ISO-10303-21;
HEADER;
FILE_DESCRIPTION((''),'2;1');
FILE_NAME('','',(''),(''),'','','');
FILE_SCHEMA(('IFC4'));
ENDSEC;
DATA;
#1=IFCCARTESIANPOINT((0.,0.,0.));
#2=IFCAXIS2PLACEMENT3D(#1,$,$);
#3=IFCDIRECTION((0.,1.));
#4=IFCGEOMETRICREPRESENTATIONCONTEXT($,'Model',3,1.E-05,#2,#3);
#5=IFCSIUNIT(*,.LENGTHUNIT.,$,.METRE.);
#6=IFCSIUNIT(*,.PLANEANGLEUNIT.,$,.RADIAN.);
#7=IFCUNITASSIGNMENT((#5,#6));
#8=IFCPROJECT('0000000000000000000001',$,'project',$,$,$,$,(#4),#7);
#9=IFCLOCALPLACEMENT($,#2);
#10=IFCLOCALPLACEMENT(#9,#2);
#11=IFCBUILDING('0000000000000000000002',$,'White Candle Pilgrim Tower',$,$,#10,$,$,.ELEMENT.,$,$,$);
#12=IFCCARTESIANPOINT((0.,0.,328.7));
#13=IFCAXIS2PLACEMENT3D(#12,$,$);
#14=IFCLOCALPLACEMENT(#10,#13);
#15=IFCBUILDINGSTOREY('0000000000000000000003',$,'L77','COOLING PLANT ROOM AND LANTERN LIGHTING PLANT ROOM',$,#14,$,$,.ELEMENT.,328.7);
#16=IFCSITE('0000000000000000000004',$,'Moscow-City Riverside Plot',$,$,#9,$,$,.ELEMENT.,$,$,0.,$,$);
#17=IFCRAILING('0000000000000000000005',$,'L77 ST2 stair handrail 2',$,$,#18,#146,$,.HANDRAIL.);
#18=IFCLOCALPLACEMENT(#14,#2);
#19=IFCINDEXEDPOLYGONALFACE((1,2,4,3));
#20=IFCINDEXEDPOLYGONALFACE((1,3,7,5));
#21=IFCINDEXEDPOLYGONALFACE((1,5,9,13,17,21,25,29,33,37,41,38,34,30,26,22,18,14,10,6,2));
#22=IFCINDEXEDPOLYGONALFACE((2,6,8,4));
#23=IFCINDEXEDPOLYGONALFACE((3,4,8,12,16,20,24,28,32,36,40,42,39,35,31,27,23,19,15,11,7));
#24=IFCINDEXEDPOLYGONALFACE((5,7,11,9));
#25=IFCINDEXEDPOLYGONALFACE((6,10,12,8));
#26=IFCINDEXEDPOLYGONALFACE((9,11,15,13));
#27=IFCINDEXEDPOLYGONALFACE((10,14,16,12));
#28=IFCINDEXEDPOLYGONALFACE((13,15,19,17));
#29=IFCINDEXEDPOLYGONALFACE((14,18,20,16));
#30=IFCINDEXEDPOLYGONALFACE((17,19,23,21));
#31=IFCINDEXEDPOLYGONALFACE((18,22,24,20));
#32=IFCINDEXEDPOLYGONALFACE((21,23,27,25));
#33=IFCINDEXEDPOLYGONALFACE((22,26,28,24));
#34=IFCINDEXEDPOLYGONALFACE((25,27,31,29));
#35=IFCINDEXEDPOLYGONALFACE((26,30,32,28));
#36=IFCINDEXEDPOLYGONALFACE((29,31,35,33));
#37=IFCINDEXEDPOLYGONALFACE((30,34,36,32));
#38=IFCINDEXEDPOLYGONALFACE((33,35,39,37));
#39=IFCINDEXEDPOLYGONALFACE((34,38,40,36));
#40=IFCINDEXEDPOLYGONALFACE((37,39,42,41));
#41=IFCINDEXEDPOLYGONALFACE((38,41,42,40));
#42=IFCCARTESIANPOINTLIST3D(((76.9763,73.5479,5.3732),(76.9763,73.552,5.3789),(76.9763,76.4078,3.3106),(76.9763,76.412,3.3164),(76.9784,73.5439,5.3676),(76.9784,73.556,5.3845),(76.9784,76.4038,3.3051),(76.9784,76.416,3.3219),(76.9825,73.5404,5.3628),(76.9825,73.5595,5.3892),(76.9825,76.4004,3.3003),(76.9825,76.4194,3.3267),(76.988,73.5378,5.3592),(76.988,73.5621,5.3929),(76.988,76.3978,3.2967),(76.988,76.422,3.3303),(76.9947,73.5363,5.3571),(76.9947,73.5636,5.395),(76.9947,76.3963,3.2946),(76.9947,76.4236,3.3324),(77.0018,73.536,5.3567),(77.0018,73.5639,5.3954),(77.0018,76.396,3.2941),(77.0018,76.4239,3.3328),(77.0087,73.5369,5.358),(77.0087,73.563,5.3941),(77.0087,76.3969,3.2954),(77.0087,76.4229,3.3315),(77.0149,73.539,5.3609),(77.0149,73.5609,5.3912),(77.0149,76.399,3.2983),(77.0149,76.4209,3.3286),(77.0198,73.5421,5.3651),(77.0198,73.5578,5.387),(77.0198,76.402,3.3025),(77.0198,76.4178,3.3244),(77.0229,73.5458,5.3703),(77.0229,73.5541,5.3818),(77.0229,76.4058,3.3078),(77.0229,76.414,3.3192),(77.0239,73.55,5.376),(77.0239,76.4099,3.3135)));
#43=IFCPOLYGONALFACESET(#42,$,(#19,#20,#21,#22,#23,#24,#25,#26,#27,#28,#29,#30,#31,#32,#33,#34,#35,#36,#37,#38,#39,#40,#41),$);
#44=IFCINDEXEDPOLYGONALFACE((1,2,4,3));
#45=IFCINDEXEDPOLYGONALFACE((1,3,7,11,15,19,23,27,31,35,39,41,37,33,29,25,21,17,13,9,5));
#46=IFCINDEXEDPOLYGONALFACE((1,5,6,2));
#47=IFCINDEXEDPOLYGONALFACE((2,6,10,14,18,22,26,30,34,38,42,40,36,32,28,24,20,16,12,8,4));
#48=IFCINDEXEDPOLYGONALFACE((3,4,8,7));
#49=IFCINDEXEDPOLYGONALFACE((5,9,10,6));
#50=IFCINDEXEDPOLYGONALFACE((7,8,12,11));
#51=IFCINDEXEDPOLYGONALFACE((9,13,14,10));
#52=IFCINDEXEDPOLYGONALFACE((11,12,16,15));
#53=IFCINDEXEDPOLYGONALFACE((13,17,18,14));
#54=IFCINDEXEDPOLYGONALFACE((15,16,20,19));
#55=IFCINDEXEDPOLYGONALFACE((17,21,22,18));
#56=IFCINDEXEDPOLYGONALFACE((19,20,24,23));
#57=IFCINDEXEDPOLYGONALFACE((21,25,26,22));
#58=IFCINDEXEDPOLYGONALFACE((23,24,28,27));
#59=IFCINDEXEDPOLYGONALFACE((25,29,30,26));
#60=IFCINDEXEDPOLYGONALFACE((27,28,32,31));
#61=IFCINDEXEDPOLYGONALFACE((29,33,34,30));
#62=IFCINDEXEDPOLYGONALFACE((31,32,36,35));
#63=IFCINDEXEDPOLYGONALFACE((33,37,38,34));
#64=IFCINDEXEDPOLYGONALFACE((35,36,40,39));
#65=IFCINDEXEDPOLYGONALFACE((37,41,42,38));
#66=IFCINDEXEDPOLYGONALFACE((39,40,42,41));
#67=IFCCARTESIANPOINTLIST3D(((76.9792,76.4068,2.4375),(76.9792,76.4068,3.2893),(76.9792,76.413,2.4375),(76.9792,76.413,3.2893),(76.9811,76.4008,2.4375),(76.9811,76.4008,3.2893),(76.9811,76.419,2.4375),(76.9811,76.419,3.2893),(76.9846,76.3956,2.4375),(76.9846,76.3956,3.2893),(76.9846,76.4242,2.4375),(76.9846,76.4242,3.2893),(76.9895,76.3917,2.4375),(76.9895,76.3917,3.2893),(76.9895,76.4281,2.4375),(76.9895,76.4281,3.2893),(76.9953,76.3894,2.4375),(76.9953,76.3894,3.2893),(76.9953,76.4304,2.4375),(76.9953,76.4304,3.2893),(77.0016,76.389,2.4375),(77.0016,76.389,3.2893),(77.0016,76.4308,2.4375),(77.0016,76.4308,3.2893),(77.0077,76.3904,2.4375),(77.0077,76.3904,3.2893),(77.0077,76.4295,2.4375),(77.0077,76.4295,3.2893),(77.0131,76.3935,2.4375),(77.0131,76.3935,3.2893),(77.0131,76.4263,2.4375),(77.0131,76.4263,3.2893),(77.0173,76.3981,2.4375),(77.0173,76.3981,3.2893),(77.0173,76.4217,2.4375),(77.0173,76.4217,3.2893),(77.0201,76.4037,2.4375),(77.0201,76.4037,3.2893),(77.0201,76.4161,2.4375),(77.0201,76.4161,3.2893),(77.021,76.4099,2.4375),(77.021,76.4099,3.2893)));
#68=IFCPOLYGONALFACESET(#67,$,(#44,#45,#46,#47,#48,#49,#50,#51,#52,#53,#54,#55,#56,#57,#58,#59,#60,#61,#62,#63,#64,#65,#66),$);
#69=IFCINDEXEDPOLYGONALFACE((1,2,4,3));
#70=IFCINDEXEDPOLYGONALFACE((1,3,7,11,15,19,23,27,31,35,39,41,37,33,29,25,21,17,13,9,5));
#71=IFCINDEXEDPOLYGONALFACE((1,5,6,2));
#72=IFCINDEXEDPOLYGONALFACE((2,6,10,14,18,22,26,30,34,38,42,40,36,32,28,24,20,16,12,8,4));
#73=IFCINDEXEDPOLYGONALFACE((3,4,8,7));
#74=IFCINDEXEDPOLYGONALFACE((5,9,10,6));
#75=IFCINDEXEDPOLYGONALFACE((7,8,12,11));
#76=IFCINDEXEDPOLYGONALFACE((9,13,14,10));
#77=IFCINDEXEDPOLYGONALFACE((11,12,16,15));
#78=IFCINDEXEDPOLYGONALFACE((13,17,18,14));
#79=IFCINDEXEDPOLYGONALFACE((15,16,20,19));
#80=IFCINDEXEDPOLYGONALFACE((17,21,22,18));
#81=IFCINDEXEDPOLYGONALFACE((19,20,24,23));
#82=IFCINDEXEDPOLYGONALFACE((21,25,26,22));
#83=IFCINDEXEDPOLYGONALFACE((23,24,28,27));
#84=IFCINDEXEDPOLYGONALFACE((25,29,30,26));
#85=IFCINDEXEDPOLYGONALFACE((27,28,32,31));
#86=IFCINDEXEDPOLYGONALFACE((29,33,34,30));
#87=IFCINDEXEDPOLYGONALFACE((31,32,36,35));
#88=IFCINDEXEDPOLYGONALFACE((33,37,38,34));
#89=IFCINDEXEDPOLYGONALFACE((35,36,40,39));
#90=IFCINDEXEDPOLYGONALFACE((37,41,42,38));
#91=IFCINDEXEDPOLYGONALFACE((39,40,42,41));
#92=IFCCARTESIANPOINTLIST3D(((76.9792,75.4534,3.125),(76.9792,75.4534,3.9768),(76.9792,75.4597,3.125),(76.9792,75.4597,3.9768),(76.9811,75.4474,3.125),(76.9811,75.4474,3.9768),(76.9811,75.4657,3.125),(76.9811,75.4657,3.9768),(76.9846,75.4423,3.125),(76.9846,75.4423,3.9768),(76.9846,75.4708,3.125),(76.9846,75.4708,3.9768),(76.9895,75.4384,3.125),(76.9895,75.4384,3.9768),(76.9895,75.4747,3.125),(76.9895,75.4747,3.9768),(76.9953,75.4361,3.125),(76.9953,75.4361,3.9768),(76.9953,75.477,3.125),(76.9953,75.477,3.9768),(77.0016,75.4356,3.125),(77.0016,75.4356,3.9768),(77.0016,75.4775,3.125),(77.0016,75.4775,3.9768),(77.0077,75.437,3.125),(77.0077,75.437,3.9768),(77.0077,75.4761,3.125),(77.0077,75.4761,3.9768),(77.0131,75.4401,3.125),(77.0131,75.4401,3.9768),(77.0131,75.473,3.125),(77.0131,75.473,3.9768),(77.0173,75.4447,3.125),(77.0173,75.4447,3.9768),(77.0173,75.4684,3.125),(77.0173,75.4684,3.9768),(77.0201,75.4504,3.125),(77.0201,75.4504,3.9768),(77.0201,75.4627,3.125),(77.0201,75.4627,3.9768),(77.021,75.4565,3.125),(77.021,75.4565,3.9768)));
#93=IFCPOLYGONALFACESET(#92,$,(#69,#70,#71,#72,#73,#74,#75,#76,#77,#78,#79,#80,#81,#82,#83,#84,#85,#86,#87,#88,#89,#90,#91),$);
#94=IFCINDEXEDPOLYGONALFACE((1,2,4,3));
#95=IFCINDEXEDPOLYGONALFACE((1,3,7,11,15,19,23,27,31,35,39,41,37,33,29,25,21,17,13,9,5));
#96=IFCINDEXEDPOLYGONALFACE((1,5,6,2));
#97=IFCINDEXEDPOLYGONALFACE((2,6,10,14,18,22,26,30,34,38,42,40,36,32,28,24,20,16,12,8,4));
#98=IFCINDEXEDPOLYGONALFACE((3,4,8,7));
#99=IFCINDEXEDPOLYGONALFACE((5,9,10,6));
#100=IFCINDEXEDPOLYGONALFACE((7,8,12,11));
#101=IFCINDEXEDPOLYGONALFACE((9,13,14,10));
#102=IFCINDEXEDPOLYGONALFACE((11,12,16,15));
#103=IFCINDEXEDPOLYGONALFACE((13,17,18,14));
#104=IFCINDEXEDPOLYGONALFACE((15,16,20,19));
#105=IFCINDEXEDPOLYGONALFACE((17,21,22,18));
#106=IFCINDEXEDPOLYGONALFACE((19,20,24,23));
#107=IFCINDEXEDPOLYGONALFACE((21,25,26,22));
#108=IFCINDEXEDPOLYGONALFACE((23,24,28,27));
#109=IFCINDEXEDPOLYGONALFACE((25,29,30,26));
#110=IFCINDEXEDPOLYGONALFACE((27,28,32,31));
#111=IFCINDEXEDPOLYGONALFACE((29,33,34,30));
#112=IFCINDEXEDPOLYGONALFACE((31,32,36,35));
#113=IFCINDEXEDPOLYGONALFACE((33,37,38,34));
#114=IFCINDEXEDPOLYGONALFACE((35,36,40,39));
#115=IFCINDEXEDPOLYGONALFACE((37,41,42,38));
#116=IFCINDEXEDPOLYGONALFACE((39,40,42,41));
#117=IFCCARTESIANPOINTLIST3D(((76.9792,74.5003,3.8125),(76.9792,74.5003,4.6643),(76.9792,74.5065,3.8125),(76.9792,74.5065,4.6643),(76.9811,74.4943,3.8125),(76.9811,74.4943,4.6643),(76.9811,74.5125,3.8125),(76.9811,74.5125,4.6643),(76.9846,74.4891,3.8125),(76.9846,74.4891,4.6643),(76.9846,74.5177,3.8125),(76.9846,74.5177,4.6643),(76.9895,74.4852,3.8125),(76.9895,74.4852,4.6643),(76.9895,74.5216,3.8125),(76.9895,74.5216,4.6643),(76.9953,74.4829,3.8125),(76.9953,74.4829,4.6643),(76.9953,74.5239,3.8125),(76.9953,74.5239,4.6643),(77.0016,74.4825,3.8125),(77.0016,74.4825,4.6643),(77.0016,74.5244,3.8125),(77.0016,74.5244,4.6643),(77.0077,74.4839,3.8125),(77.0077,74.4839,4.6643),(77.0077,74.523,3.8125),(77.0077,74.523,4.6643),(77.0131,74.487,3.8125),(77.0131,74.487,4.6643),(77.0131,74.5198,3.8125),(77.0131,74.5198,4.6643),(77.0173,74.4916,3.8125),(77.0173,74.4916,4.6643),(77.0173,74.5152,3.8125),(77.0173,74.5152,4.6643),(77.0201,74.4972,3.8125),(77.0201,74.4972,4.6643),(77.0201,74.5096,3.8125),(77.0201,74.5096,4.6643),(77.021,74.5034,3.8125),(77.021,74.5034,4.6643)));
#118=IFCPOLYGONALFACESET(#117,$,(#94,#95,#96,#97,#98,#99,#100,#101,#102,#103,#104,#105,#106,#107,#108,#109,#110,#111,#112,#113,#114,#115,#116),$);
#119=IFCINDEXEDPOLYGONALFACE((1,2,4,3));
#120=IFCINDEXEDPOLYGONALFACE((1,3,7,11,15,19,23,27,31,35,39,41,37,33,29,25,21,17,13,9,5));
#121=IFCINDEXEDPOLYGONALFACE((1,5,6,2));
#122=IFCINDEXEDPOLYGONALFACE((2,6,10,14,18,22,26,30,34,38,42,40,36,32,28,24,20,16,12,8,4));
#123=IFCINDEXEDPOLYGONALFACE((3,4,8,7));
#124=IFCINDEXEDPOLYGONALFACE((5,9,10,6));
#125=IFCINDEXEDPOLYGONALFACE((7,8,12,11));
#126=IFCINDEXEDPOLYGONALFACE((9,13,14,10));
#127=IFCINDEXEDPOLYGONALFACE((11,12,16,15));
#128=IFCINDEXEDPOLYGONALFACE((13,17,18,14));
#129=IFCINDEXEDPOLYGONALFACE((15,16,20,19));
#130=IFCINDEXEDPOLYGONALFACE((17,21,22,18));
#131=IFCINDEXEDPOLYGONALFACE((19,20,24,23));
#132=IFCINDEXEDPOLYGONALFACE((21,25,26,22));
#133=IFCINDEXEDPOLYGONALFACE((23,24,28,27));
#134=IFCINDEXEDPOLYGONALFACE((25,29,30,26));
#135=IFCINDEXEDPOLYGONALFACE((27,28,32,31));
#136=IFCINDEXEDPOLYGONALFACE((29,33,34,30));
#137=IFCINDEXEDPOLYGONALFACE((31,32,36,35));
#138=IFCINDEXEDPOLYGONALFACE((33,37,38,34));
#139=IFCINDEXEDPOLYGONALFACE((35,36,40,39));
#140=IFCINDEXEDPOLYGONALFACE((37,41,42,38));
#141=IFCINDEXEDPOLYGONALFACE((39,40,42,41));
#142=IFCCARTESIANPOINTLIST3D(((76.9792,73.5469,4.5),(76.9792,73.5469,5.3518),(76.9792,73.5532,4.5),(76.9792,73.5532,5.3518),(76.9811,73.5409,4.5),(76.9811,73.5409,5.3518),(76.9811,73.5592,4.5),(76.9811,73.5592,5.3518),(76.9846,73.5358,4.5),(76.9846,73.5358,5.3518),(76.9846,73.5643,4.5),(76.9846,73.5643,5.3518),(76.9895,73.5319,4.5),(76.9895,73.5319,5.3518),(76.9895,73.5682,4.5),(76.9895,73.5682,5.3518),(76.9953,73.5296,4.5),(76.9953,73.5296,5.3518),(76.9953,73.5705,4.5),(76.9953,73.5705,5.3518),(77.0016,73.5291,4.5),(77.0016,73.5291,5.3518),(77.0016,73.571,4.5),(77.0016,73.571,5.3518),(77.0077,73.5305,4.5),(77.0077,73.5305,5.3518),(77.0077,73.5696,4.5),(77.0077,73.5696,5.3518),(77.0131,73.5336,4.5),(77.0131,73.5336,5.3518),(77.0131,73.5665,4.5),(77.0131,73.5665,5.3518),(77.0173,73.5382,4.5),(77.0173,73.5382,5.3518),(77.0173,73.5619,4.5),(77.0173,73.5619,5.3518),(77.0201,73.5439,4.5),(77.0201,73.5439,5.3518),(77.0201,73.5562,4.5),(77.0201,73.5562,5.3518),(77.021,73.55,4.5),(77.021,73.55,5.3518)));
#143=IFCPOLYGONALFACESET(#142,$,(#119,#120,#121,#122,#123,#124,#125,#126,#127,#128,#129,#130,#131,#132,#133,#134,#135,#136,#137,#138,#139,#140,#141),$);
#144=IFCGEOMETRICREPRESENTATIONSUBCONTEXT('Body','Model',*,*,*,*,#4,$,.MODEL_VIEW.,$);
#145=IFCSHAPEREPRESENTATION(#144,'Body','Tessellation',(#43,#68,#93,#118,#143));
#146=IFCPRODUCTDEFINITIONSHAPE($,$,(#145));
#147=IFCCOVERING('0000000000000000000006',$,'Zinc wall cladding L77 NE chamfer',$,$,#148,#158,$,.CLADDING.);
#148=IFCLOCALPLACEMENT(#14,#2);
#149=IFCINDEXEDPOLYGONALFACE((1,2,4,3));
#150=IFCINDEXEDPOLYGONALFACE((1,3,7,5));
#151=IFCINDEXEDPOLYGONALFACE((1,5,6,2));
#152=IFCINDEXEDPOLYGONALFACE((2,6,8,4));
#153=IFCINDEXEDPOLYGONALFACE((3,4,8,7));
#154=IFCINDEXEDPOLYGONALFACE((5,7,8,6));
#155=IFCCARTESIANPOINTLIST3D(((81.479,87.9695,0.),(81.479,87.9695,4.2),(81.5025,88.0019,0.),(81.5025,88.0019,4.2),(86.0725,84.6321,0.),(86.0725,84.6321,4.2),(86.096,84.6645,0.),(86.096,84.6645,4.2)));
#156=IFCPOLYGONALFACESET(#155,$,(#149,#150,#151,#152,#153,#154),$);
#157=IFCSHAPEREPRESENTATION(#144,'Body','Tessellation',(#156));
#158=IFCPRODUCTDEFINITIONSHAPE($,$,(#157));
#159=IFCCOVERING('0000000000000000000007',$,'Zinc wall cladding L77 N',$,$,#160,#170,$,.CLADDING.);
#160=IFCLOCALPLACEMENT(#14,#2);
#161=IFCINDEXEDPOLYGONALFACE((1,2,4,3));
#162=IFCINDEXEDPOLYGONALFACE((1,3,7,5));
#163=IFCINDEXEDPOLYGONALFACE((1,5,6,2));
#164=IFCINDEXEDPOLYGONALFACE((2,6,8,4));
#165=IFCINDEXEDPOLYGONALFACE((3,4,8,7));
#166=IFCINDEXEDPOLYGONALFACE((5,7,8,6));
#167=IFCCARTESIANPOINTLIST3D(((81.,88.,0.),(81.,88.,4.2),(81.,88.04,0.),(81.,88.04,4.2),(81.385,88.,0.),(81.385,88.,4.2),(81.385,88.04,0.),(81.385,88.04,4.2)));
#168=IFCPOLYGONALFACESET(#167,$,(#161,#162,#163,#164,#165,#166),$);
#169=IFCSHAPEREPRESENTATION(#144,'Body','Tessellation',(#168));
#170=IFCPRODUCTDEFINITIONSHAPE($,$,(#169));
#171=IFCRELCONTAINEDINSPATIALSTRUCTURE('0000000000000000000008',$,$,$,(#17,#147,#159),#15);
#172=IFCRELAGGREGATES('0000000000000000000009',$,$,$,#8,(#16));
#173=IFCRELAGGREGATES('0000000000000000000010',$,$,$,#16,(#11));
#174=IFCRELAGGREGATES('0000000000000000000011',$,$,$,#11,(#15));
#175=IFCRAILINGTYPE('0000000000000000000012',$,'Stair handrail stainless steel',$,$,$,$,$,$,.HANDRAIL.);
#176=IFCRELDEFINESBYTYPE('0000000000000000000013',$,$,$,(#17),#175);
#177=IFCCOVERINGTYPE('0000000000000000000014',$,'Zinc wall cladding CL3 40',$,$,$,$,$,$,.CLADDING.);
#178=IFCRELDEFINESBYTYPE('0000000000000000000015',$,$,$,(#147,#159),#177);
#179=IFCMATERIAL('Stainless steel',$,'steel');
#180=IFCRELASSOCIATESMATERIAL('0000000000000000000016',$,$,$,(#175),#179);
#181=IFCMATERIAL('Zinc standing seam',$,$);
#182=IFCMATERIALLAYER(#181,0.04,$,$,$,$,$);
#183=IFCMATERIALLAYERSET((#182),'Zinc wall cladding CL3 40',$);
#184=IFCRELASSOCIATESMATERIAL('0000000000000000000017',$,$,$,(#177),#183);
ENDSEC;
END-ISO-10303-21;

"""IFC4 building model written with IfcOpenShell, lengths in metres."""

from ifc_helpers import new_model, si_unit, direction, frame, origin, origin_2d, place, context, subcontext, project, spatial, polyline, circle, outline, extrude, material, layer, layer_set, type_object, element, save


model = new_model("IFC4")

# Units and contexts
model_context = context("Model", 3, precision=1e-05, world=origin(), true_north=direction((0.0, 1.0)))
body_context = subcontext(model_context, "Body", "Model", "MODEL_VIEW")
ifc_project = project(units=[si_unit("LENGTHUNIT", "METRE"), si_unit("PLANEANGLEUNIT", "RADIAN")], contexts=[model_context])

# Site, building, storey
site_placement = place(None, origin())
site = spatial("IfcSite", under=ifc_project, at=site_placement, Name="Moscow-City Riverside Plot", CompositionType="ELEMENT", RefElevation=0.0)
building_placement = place(site_placement, origin())
building = spatial("IfcBuilding", under=site, at=building_placement, Name="White Candle Pilgrim Tower", CompositionType="ELEMENT")
storey_placement = place(building_placement, frame((0.0, 0.0, 328.7)))
storey = spatial("IfcBuildingStorey", under=building, at=storey_placement, Name="L77", Description="COOLING PLANT ROOM AND LANTERN LIGHTING PLANT ROOM", CompositionType="ELEMENT", Elevation=328.7)

# Railing
ifc_material_1 = material(Name="Stainless steel", Category="steel")
railing_type_1 = type_object("IfcRailingType", Name="Stair handrail stainless steel", PredefinedType="HANDRAIL", material=ifc_material_1)
railing_1_placement = place(storey_placement, frame((77.0, 76.4099, 2.4375)))
element("IfcRailing", 1, at=railing_1_placement, inside=storey, type_object=railing_type_1, Name="L77 ST2 stair handrail 2", PredefinedType="HANDRAIL", context=body_context, shape_type="SweptSolid", body=[
    extrude(circle(Radius=0.0239, at=origin_2d()), frame((0.0, 0.0, 0.876), z_axis=(0.0, -0.811077, 0.584939), x_axis=(1.0, 0.0, 0.0)), (0.0, 0.0, 1.0), 3.5261),
    extrude(circle(Radius=0.021, at=origin_2d()), origin(), (0.0, 0.0, 1.0), 0.8518),
    extrude(circle(Radius=0.021, at=origin_2d()), frame((0.0, -0.9534, 0.6875)), (0.0, 0.0, 1.0), 0.8518),
    extrude(circle(Radius=0.021, at=origin_2d()), frame((0.0, -1.9065, 1.375)), (0.0, 0.0, 1.0), 0.8518),
    extrude(circle(Radius=0.021, at=origin_2d()), frame((0.0, -2.8599, 2.0625)), (0.0, 0.0, 1.0), 0.8518),
])

# Coverings
ifc_material_2 = material(Name="Zinc standing seam")
ifc_layer_1 = layer(ifc_material_2, 0.04)
ifc_layer_set_1 = layer_set([ifc_layer_1], Name="Zinc wall cladding CL3 40")
covering_type = type_object("IfcCoveringType", Name="Zinc wall cladding CL3 40", PredefinedType="CLADDING", material=ifc_layer_set_1)
covering_1_placement = place(storey_placement, frame((86.0725, 84.6321, 4.2), z_axis=(-0.587788, -0.809015, 0.0), x_axis=(-0.809015, 0.587788, 0.0)))
element("IfcCovering", 2, at=covering_1_placement, inside=storey, type_object=covering_type, Name="Zinc wall cladding L77 NE chamfer", PredefinedType="CLADDING", context=body_context, shape_type="SweptSolid", body=[
    extrude(outline(polyline([(0.0, 0.0), (5.6779, 0.0), (5.6779, 4.2), (0.0, 4.2), (0.0, 0.0)])), origin(), (0.0, 0.0, -1.0), 0.04),
])
covering_2_placement = place(storey_placement, frame((81.385, 88.0, 4.2), z_axis=(0.0, -1.0, 0.0), x_axis=(-1.0, 0.0, 0.0)))
element("IfcCovering", 3, at=covering_2_placement, inside=storey, type_object=covering_type, Name="Zinc wall cladding L77 N", PredefinedType="CLADDING", context=body_context, shape_type="SweptSolid", body=[
    extrude(outline(polyline([(0.0, 0.0), (0.385, 0.0), (0.385, 4.2), (0.0, 4.2), (0.0, 0.0)])), origin(), (0.0, 0.0, -1.0), 0.04),
])

save(model, "model.ifc")
